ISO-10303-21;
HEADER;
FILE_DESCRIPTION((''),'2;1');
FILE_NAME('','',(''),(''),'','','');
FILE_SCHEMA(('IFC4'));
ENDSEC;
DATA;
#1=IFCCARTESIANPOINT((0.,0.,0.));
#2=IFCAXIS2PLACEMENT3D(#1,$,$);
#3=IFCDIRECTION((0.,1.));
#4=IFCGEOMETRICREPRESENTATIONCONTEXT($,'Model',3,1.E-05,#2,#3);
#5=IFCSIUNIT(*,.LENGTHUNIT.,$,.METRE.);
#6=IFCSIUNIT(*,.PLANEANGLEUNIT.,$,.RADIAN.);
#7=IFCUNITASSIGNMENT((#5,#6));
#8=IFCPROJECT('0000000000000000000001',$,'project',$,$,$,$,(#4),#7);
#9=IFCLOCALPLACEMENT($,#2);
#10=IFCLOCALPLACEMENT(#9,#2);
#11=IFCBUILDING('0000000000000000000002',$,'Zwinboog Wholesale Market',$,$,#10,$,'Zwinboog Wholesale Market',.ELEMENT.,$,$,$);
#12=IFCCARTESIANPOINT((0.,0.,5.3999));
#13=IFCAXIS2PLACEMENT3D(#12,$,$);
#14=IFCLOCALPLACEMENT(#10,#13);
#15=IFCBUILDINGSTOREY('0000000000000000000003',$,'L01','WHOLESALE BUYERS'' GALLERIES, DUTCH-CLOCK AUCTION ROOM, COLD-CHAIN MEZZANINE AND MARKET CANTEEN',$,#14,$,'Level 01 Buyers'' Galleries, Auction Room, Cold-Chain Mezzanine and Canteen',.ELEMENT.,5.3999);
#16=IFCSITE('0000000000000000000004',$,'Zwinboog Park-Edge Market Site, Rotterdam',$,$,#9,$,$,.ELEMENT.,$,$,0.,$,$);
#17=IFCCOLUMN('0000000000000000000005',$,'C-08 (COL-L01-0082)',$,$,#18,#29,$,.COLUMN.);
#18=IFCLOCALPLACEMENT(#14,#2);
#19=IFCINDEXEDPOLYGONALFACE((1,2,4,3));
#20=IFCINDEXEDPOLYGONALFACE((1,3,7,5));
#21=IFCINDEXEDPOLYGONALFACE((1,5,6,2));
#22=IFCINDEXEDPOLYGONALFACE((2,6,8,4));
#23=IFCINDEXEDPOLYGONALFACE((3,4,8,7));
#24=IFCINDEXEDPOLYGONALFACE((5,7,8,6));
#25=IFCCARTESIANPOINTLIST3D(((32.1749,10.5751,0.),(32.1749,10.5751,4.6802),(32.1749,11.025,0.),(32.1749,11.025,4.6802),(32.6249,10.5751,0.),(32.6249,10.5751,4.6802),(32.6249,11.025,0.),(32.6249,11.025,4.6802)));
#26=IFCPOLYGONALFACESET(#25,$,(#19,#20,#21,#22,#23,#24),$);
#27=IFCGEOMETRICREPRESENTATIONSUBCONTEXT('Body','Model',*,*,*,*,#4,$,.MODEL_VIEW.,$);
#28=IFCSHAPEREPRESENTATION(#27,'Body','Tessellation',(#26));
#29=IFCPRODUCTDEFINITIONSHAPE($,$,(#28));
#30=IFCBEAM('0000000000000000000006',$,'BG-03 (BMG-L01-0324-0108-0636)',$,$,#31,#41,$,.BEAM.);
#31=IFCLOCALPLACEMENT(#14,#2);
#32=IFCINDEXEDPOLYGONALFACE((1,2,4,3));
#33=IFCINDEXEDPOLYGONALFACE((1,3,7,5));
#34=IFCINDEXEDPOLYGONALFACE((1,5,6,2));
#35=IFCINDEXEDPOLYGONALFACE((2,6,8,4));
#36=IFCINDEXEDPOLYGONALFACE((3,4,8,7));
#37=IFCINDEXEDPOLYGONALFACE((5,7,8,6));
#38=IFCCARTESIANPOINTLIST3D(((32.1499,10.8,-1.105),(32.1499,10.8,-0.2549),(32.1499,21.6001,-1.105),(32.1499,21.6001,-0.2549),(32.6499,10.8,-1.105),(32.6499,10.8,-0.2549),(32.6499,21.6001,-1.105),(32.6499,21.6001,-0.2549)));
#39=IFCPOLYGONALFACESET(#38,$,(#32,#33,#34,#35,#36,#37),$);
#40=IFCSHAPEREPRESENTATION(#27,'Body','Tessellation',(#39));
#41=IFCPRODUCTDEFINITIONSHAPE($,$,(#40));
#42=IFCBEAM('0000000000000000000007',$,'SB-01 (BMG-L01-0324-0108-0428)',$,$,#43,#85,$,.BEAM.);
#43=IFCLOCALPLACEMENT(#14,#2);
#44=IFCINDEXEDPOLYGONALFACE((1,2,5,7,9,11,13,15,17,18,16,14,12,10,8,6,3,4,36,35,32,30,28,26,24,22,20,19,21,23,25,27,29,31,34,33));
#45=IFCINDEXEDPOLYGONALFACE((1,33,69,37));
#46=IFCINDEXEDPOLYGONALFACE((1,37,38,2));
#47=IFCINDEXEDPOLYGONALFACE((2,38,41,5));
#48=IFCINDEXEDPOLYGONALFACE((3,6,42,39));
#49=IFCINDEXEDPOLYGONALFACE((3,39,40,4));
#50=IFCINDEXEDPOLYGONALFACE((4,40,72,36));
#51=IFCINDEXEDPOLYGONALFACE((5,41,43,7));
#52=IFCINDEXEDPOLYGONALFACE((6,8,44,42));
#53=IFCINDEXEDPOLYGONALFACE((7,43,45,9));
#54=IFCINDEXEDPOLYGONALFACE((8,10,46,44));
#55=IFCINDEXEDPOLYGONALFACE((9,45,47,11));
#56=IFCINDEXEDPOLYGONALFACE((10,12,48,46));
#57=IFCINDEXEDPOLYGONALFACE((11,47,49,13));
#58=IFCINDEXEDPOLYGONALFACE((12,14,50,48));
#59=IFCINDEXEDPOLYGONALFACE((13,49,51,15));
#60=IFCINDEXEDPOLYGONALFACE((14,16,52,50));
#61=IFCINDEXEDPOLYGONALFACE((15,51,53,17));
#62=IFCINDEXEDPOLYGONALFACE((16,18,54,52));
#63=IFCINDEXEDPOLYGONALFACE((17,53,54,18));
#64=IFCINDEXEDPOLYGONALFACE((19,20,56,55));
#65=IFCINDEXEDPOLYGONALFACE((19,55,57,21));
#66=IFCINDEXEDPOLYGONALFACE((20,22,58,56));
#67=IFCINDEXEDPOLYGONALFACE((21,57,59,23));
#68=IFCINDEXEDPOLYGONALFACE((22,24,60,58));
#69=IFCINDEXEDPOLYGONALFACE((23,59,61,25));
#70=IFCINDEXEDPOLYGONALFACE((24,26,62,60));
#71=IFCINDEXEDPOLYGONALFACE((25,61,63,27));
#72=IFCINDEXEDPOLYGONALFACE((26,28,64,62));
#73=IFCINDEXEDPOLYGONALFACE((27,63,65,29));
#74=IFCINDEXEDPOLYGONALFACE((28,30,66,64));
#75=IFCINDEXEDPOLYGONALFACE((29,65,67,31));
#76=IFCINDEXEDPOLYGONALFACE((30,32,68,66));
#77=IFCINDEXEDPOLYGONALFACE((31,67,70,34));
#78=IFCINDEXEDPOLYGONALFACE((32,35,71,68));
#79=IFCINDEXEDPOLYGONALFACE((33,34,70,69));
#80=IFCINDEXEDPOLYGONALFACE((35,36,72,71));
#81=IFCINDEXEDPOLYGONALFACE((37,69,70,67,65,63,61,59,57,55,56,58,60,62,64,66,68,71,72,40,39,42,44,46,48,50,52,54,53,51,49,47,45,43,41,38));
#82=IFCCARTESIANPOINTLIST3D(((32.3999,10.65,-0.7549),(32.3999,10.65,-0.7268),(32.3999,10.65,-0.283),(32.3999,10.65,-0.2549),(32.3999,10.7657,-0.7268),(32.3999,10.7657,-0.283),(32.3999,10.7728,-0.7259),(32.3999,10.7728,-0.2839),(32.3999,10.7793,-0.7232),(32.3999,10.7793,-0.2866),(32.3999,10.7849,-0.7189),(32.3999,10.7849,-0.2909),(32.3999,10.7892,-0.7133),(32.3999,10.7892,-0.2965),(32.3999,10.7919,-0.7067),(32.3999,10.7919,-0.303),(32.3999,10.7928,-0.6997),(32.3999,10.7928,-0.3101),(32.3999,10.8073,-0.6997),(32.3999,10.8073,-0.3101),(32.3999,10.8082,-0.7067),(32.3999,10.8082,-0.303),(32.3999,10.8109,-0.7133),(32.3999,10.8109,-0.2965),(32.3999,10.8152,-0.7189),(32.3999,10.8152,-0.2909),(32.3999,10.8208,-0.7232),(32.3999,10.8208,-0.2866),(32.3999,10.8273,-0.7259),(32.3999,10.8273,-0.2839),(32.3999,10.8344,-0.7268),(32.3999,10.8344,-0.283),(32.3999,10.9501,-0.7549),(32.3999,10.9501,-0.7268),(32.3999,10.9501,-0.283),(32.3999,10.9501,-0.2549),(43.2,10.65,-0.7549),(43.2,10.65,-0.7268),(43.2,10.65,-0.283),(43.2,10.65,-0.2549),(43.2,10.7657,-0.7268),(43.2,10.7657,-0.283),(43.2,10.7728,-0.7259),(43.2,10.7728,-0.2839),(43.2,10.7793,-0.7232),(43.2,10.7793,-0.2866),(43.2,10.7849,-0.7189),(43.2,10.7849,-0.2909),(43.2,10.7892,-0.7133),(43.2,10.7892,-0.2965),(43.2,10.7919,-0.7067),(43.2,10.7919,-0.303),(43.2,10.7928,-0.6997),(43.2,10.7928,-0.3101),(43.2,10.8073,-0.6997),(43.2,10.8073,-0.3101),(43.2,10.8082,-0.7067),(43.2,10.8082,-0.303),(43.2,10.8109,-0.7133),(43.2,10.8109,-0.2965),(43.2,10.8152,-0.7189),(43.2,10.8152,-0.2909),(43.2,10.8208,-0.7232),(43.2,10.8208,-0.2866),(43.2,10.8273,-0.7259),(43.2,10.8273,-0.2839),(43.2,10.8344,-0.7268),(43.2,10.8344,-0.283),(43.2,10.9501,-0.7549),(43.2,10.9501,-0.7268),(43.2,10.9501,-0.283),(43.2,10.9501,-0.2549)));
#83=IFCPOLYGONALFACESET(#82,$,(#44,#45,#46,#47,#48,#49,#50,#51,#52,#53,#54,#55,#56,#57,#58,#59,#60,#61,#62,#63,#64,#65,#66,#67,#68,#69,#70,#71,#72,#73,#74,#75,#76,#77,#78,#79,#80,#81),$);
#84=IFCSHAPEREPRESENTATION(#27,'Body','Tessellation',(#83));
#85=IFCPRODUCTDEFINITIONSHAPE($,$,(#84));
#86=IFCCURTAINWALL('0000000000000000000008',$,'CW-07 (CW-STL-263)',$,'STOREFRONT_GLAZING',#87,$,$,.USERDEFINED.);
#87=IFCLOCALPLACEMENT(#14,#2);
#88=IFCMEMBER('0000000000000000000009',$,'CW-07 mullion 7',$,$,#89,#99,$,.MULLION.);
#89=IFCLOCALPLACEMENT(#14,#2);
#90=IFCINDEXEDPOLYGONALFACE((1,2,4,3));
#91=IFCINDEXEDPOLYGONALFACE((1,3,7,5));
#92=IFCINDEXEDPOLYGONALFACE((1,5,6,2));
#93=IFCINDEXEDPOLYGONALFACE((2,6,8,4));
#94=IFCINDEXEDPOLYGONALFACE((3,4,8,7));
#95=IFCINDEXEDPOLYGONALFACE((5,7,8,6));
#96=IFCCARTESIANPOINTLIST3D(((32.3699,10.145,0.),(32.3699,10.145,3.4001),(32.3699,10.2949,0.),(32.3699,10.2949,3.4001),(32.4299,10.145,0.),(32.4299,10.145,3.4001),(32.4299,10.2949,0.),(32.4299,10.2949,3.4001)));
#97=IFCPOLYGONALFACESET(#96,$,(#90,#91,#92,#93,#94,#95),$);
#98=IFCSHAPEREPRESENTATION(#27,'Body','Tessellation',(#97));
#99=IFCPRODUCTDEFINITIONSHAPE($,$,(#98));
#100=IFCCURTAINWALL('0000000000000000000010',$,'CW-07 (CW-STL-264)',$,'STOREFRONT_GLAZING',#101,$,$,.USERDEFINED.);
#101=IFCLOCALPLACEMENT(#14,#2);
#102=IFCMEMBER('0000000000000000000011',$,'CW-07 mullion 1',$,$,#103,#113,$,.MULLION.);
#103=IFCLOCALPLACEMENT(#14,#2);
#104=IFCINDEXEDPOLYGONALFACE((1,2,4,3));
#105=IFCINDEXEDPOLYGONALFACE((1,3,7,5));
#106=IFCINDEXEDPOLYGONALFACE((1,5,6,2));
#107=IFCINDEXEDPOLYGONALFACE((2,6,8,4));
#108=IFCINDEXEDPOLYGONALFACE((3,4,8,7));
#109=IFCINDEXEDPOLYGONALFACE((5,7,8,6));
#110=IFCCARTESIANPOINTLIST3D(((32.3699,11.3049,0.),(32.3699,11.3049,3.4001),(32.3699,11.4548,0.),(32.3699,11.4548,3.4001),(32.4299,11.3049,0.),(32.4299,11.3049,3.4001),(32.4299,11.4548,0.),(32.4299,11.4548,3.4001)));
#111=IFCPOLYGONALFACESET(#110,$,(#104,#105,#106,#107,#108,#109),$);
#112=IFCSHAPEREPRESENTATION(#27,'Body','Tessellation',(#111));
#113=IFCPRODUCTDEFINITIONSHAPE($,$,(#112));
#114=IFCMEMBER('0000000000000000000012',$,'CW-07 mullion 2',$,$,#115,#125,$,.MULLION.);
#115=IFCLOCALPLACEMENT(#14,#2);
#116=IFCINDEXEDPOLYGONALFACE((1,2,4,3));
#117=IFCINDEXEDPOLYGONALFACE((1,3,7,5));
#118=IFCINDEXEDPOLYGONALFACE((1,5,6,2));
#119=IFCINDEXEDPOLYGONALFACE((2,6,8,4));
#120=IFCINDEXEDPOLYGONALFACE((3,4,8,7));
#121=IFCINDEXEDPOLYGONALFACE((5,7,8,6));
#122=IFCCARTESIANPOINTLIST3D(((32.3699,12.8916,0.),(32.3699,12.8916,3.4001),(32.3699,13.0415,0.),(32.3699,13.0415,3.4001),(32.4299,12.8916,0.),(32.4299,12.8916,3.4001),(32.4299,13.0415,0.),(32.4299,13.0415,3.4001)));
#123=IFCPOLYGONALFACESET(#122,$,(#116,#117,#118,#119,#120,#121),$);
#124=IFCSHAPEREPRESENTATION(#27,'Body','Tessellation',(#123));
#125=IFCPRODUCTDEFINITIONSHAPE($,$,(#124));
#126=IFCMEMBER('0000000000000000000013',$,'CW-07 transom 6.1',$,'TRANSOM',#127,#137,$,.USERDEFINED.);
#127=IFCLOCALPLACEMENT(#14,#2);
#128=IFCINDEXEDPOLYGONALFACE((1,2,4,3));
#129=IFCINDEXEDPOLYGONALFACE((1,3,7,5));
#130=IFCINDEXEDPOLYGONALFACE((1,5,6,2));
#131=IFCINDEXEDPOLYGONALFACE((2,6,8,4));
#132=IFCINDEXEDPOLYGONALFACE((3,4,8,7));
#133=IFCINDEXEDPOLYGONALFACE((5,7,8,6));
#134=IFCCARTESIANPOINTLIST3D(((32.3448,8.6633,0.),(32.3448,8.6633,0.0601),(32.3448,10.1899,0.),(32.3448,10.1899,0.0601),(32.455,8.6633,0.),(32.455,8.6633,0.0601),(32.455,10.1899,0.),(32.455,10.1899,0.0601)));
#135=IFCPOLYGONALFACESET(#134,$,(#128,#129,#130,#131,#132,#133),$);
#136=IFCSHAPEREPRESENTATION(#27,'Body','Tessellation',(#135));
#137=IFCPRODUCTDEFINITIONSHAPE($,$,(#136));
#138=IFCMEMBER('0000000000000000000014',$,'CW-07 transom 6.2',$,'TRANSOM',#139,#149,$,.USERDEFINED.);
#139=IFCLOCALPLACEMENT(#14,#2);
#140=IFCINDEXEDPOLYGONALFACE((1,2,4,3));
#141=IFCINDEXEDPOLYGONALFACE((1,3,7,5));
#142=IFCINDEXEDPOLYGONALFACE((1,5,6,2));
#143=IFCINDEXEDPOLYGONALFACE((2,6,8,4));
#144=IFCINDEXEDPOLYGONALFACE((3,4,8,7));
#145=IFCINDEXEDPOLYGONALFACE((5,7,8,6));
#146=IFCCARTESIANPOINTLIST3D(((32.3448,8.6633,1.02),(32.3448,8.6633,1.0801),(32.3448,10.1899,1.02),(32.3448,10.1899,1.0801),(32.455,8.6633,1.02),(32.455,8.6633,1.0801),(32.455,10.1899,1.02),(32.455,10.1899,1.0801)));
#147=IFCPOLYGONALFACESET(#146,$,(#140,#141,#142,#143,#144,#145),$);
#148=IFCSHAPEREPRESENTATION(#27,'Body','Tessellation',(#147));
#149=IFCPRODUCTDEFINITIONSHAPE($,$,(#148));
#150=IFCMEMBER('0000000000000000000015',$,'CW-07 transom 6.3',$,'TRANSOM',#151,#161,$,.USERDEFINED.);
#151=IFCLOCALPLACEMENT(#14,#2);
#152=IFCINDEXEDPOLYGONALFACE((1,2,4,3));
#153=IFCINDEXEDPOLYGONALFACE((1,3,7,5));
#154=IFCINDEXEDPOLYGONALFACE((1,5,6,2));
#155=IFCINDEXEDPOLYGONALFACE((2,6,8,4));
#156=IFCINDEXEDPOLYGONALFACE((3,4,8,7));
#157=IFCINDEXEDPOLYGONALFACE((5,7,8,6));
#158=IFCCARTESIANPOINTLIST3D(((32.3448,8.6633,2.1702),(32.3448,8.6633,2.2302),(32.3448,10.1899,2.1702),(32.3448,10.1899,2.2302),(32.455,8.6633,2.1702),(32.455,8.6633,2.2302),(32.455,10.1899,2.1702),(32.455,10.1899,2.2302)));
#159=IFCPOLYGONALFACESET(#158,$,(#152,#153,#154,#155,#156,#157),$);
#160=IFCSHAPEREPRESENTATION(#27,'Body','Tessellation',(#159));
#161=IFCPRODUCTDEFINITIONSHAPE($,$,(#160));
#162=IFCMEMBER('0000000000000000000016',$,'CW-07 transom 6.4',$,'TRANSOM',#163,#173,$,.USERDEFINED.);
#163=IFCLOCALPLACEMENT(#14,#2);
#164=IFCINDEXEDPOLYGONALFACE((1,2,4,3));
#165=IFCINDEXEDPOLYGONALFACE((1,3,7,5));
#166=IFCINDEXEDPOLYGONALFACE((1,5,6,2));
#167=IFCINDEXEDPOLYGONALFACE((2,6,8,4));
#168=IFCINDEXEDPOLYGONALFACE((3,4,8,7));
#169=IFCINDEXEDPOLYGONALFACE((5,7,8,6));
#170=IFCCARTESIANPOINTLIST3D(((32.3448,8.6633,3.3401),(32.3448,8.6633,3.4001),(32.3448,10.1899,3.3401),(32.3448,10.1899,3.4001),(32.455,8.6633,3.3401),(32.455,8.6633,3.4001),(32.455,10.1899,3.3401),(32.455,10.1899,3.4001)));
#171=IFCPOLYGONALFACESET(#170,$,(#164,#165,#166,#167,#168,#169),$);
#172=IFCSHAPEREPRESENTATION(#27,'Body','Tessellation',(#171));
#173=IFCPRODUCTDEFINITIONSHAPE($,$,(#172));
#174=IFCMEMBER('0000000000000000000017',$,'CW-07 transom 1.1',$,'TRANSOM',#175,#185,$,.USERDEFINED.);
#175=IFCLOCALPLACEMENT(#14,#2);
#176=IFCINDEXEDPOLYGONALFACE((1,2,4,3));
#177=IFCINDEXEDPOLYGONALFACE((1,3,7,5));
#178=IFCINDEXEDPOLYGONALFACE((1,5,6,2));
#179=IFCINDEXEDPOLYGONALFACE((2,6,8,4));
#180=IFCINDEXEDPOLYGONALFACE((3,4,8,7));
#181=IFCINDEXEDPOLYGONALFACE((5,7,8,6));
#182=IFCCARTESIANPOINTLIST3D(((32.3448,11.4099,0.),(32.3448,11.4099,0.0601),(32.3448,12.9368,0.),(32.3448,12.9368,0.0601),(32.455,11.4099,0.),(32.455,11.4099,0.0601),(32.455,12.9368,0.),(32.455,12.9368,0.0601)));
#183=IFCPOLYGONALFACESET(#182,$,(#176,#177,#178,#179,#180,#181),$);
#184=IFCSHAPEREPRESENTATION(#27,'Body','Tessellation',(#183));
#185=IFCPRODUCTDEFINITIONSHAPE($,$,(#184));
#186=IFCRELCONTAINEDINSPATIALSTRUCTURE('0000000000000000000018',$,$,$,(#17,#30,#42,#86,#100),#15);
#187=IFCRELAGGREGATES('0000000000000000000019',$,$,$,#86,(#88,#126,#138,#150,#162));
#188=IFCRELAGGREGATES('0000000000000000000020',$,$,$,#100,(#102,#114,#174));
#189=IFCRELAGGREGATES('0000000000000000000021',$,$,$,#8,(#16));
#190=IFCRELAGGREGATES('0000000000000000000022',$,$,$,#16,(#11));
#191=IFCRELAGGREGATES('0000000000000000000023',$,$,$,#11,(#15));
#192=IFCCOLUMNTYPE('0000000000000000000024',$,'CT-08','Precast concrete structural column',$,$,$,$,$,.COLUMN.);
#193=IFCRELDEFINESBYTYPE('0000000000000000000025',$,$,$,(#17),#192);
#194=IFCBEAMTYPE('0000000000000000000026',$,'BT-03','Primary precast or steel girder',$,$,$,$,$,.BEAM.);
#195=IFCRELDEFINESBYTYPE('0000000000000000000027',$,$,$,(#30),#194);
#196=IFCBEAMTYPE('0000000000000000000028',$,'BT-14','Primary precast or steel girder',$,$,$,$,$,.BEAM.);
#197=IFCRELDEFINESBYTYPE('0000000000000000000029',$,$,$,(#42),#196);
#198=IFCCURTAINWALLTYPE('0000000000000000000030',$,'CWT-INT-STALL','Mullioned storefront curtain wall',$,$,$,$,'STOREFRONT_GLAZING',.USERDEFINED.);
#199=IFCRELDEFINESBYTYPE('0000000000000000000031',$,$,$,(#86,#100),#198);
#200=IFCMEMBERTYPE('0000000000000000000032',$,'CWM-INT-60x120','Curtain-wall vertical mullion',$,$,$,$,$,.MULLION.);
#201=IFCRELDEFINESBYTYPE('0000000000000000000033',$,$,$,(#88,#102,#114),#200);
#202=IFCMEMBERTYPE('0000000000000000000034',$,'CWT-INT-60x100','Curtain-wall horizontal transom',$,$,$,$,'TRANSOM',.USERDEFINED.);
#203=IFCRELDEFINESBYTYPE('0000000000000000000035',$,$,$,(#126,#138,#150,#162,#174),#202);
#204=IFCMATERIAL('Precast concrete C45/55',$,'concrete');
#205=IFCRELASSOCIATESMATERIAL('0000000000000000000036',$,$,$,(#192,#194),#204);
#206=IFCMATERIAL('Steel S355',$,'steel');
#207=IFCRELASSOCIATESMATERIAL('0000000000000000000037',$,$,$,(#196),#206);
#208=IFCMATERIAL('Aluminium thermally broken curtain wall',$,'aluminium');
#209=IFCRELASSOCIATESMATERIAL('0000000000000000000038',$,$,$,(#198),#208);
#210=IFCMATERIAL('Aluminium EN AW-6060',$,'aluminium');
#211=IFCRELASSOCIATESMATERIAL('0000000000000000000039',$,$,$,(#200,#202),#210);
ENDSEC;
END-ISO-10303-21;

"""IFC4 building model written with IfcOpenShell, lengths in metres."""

from ifc_helpers import new_model, si_unit, direction, frame, origin, origin_2d, place, context, subcontext, project, spatial, rectangle, i_section, extrude, material, material_profile, profile_set, type_object, element, aggregate, save


model = new_model("IFC4")

# Units and contexts
model_context = context("Model", 3, precision=1e-05, world=origin(), true_north=direction((0.0, 1.0)))
body_context = subcontext(model_context, "Body", "Model", "MODEL_VIEW")
ifc_project = project(units=[si_unit("LENGTHUNIT", "METRE"), si_unit("PLANEANGLEUNIT", "RADIAN")], contexts=[model_context])

# Site, building, storey
site_placement = place(None, origin())
site = spatial("IfcSite", under=ifc_project, at=site_placement, Name="Zwinboog Park-Edge Market Site, Rotterdam", CompositionType="ELEMENT", RefElevation=0.0)
building_placement = place(site_placement, origin())
building = spatial("IfcBuilding", under=site, at=building_placement, Name="Zwinboog Wholesale Market", LongName="Zwinboog Wholesale Market", CompositionType="ELEMENT")
storey_placement = place(building_placement, frame((0.0, 0.0, 5.3999)))
storey = spatial("IfcBuildingStorey", under=building, at=storey_placement, Name="L01", Description="WHOLESALE BUYERS' GALLERIES, DUTCH-CLOCK AUCTION ROOM, COLD-CHAIN MEZZANINE AND MARKET CANTEEN", LongName="Level 01 Buyers' Galleries, Auction Room, Cold-Chain Mezzanine and Canteen", CompositionType="ELEMENT", Elevation=5.3999)

# Column
ifc_material_1 = material(Name="Precast concrete C45/55", Category="concrete")
ifc_material_profile_1 = material_profile(ifc_material_1, rectangle(XDim=0.45, YDim=0.45, at=origin_2d()), Name="PC 450x450")
ifc_profile_set_1 = profile_set([ifc_material_profile_1], Name="Precast concrete C45/55")
column_type = type_object("IfcColumnType", Name="CT-08", Description="Precast concrete structural column", PredefinedType="COLUMN", material=ifc_profile_set_1)
column_placement = place(storey_placement, frame((32.3999, 10.8, 0.0), z_axis=(0.0, 0.0, 1.0), x_axis=(1.0, 0.0, 0.0)))
element("IfcColumn", 1, at=column_placement, inside=storey, type_object=column_type, Name="C-08 (COL-L01-0082)", PredefinedType="COLUMN", context=body_context, shape_type="SweptSolid", body=[
    extrude(rectangle(XDim=0.45, YDim=0.45, at=origin_2d()), origin(), (0.0, 0.0, 1.0), 4.6802),
])

# Beams
ifc_material_profile_2 = material_profile(ifc_material_1, rectangle(XDim=0.5, YDim=0.8501, at=origin_2d()), Name="PC 500x850")
ifc_profile_set_2 = profile_set([ifc_material_profile_2], Name="Precast concrete C45/55")
beam_type_1 = type_object("IfcBeamType", Name="BT-03", Description="Primary precast or steel girder", PredefinedType="BEAM", material=ifc_profile_set_2)
beam_1_placement = place(storey_placement, frame((32.3999, 10.8, -0.6799), z_axis=(0.0, 1.0, 0.0), x_axis=(-1.0, 0.0, 0.0)))
element("IfcBeam", 2, at=beam_1_placement, inside=storey, type_object=beam_type_1, Name="BG-03 (BMG-L01-0324-0108-0636)", PredefinedType="BEAM", context=body_context, shape_type="SweptSolid", body=[
    extrude(rectangle(XDim=0.5, YDim=0.8501, at=origin_2d()), origin(), (0.0, 0.0, 1.0), 10.8),
])
ifc_material_2 = material(Name="Steel S355", Category="steel")
ifc_material_profile_3 = material_profile(ifc_material_2, i_section(OverallWidth=0.3, OverallDepth=0.5, WebThickness=0.0144, FlangeThickness=0.0281, FilletRadius=0.0271, at=origin_2d()), Name="HEB 500")
ifc_profile_set_3 = profile_set([ifc_material_profile_3], Name="Steel S355")
beam_type_2 = type_object("IfcBeamType", Name="BT-14", Description="Primary precast or steel girder", PredefinedType="BEAM", material=ifc_profile_set_3)
beam_2_placement = place(storey_placement, frame((32.3999, 10.8, -0.5049), z_axis=(1.0, 0.0, 0.0), x_axis=(0.0, 1.0, 0.0)))
element("IfcBeam", 3, at=beam_2_placement, inside=storey, type_object=beam_type_2, Name="SB-01 (BMG-L01-0324-0108-0428)", PredefinedType="BEAM", context=body_context, shape_type="SweptSolid", body=[
    extrude(i_section(OverallWidth=0.3, OverallDepth=0.5, WebThickness=0.0144, FlangeThickness=0.0281, FilletRadius=0.0271, at=origin_2d()), origin(), (0.0, 0.0, 1.0), 10.8),
])

# Curtain wall, member
ifc_material_3 = material(Name="Aluminium thermally broken curtain wall", Category="aluminium")
curtain_wall_type = type_object("IfcCurtainWallType", Name="CWT-INT-STALL", Description="Mullioned storefront curtain wall", ElementType="STOREFRONT_GLAZING", PredefinedType="USERDEFINED", material=ifc_material_3)
curtain_wall_1_placement = place(storey_placement, origin())
curtain_wall_1 = element("IfcCurtainWall", 4, at=curtain_wall_1_placement, inside=storey, type_object=curtain_wall_type, Name="CW-07 (CW-STL-263)", ObjectType="STOREFRONT_GLAZING", PredefinedType="USERDEFINED")
ifc_material_4 = material(Name="Aluminium EN AW-6060", Category="aluminium")
ifc_material_profile_4 = material_profile(ifc_material_4, rectangle(XDim=0.0601, YDim=0.1499, at=origin_2d()), Name="AL 60x150")
ifc_profile_set_4 = profile_set([ifc_material_profile_4], Name="Aluminium EN AW-6060")
member_type_1 = type_object("IfcMemberType", Name="CWM-INT-60x120", Description="Curtain-wall vertical mullion", PredefinedType="MULLION", material=ifc_profile_set_4)
member_1_placement = place(storey_placement, frame((32.3999, 10.22, 0.0), z_axis=(0.0, 0.0, 1.0), x_axis=(-1.0, 0.0, 0.0)))
member_1 = element("IfcMember", 5, at=member_1_placement, type_object=member_type_1, Name="CW-07 mullion 7", PredefinedType="MULLION", context=body_context, shape_type="SweptSolid", body=[
    extrude(rectangle(XDim=0.0601, YDim=0.1499, at=origin_2d()), origin(), (0.0, 0.0, 1.0), 3.4001),
])

# Curtain wall, members
curtain_wall_2_placement = place(storey_placement, origin())
curtain_wall_2 = element("IfcCurtainWall", 6, at=curtain_wall_2_placement, inside=storey, type_object=curtain_wall_type, Name="CW-07 (CW-STL-264)", ObjectType="STOREFRONT_GLAZING", PredefinedType="USERDEFINED")
member_2_placement = place(storey_placement, frame((32.3999, 11.3799, 0.0), z_axis=(0.0, 0.0, 1.0), x_axis=(-1.0, 0.0, 0.0)))
member_2 = element("IfcMember", 7, at=member_2_placement, type_object=member_type_1, Name="CW-07 mullion 1", PredefinedType="MULLION", context=body_context, shape_type="SweptSolid", body=[
    extrude(rectangle(XDim=0.0601, YDim=0.1499, at=origin_2d()), origin(), (0.0, 0.0, 1.0), 3.4001),
])
member_3_placement = place(storey_placement, frame((32.3999, 12.9666, 0.0), z_axis=(0.0, 0.0, 1.0), x_axis=(-1.0, 0.0, 0.0)))
member_3 = element("IfcMember", 8, at=member_3_placement, type_object=member_type_1, Name="CW-07 mullion 2", PredefinedType="MULLION", context=body_context, shape_type="SweptSolid", body=[
    extrude(rectangle(XDim=0.0601, YDim=0.1499, at=origin_2d()), origin(), (0.0, 0.0, 1.0), 3.4001),
])

# Members
ifc_material_profile_5 = material_profile(ifc_material_4, rectangle(XDim=0.1101, YDim=0.0601, at=origin_2d()), Name="AL 60x110")
ifc_profile_set_5 = profile_set([ifc_material_profile_5], Name="Aluminium EN AW-6060")
member_type_2 = type_object("IfcMemberType", Name="CWT-INT-60x100", Description="Curtain-wall horizontal transom", ElementType="TRANSOM", PredefinedType="USERDEFINED", material=ifc_profile_set_5)
member_4_placement = place(storey_placement, frame((32.3999, 8.6633, 0.03), z_axis=(0.0, 1.0, 0.0), x_axis=(-1.0, 0.0, 0.0)))
member_4 = element("IfcMember", 9, at=member_4_placement, type_object=member_type_2, Name="CW-07 transom 6.1", ObjectType="TRANSOM", PredefinedType="USERDEFINED", context=body_context, shape_type="SweptSolid", body=[
    extrude(rectangle(XDim=0.1101, YDim=0.0601, at=origin_2d()), origin(), (0.0, 0.0, 1.0), 1.5266),
])
member_5_placement = place(storey_placement, frame((32.3999, 8.6633, 1.05), z_axis=(0.0, 1.0, 0.0), x_axis=(-1.0, 0.0, 0.0)))
member_5 = element("IfcMember", 10, at=member_5_placement, type_object=member_type_2, Name="CW-07 transom 6.2", ObjectType="TRANSOM", PredefinedType="USERDEFINED", context=body_context, shape_type="SweptSolid", body=[
    extrude(rectangle(XDim=0.1101, YDim=0.0601, at=origin_2d()), origin(), (0.0, 0.0, 1.0), 1.5266),
])
member_6_placement = place(storey_placement, frame((32.3999, 8.6633, 2.2002), z_axis=(0.0, 1.0, 0.0), x_axis=(-1.0, 0.0, 0.0)))
member_6 = element("IfcMember", 11, at=member_6_placement, type_object=member_type_2, Name="CW-07 transom 6.3", ObjectType="TRANSOM", PredefinedType="USERDEFINED", context=body_context, shape_type="SweptSolid", body=[
    extrude(rectangle(XDim=0.1101, YDim=0.0601, at=origin_2d()), origin(), (0.0, 0.0, 1.0), 1.5266),
])
member_7_placement = place(storey_placement, frame((32.3999, 8.6633, 3.3701), z_axis=(0.0, 1.0, 0.0), x_axis=(-1.0, 0.0, 0.0)))
member_7 = element("IfcMember", 12, at=member_7_placement, type_object=member_type_2, Name="CW-07 transom 6.4", ObjectType="TRANSOM", PredefinedType="USERDEFINED", context=body_context, shape_type="SweptSolid", body=[
    extrude(rectangle(XDim=0.1101, YDim=0.0601, at=origin_2d()), origin(), (0.0, 0.0, 1.0), 1.5266),
])
member_8_placement = place(storey_placement, frame((32.3999, 11.4099, 0.03), z_axis=(0.0, 1.0, 0.0), x_axis=(-1.0, 0.0, 0.0)))
member_8 = element("IfcMember", 13, at=member_8_placement, type_object=member_type_2, Name="CW-07 transom 1.1", ObjectType="TRANSOM", PredefinedType="USERDEFINED", context=body_context, shape_type="SweptSolid", body=[
    extrude(rectangle(XDim=0.1101, YDim=0.0601, at=origin_2d()), origin(), (0.0, 0.0, 1.0), 1.5269),
])

aggregate(curtain_wall_1, [member_1, member_4, member_5, member_6, member_7])
aggregate(curtain_wall_2, [member_2, member_3, member_8])

save(model, "model.ifc")
